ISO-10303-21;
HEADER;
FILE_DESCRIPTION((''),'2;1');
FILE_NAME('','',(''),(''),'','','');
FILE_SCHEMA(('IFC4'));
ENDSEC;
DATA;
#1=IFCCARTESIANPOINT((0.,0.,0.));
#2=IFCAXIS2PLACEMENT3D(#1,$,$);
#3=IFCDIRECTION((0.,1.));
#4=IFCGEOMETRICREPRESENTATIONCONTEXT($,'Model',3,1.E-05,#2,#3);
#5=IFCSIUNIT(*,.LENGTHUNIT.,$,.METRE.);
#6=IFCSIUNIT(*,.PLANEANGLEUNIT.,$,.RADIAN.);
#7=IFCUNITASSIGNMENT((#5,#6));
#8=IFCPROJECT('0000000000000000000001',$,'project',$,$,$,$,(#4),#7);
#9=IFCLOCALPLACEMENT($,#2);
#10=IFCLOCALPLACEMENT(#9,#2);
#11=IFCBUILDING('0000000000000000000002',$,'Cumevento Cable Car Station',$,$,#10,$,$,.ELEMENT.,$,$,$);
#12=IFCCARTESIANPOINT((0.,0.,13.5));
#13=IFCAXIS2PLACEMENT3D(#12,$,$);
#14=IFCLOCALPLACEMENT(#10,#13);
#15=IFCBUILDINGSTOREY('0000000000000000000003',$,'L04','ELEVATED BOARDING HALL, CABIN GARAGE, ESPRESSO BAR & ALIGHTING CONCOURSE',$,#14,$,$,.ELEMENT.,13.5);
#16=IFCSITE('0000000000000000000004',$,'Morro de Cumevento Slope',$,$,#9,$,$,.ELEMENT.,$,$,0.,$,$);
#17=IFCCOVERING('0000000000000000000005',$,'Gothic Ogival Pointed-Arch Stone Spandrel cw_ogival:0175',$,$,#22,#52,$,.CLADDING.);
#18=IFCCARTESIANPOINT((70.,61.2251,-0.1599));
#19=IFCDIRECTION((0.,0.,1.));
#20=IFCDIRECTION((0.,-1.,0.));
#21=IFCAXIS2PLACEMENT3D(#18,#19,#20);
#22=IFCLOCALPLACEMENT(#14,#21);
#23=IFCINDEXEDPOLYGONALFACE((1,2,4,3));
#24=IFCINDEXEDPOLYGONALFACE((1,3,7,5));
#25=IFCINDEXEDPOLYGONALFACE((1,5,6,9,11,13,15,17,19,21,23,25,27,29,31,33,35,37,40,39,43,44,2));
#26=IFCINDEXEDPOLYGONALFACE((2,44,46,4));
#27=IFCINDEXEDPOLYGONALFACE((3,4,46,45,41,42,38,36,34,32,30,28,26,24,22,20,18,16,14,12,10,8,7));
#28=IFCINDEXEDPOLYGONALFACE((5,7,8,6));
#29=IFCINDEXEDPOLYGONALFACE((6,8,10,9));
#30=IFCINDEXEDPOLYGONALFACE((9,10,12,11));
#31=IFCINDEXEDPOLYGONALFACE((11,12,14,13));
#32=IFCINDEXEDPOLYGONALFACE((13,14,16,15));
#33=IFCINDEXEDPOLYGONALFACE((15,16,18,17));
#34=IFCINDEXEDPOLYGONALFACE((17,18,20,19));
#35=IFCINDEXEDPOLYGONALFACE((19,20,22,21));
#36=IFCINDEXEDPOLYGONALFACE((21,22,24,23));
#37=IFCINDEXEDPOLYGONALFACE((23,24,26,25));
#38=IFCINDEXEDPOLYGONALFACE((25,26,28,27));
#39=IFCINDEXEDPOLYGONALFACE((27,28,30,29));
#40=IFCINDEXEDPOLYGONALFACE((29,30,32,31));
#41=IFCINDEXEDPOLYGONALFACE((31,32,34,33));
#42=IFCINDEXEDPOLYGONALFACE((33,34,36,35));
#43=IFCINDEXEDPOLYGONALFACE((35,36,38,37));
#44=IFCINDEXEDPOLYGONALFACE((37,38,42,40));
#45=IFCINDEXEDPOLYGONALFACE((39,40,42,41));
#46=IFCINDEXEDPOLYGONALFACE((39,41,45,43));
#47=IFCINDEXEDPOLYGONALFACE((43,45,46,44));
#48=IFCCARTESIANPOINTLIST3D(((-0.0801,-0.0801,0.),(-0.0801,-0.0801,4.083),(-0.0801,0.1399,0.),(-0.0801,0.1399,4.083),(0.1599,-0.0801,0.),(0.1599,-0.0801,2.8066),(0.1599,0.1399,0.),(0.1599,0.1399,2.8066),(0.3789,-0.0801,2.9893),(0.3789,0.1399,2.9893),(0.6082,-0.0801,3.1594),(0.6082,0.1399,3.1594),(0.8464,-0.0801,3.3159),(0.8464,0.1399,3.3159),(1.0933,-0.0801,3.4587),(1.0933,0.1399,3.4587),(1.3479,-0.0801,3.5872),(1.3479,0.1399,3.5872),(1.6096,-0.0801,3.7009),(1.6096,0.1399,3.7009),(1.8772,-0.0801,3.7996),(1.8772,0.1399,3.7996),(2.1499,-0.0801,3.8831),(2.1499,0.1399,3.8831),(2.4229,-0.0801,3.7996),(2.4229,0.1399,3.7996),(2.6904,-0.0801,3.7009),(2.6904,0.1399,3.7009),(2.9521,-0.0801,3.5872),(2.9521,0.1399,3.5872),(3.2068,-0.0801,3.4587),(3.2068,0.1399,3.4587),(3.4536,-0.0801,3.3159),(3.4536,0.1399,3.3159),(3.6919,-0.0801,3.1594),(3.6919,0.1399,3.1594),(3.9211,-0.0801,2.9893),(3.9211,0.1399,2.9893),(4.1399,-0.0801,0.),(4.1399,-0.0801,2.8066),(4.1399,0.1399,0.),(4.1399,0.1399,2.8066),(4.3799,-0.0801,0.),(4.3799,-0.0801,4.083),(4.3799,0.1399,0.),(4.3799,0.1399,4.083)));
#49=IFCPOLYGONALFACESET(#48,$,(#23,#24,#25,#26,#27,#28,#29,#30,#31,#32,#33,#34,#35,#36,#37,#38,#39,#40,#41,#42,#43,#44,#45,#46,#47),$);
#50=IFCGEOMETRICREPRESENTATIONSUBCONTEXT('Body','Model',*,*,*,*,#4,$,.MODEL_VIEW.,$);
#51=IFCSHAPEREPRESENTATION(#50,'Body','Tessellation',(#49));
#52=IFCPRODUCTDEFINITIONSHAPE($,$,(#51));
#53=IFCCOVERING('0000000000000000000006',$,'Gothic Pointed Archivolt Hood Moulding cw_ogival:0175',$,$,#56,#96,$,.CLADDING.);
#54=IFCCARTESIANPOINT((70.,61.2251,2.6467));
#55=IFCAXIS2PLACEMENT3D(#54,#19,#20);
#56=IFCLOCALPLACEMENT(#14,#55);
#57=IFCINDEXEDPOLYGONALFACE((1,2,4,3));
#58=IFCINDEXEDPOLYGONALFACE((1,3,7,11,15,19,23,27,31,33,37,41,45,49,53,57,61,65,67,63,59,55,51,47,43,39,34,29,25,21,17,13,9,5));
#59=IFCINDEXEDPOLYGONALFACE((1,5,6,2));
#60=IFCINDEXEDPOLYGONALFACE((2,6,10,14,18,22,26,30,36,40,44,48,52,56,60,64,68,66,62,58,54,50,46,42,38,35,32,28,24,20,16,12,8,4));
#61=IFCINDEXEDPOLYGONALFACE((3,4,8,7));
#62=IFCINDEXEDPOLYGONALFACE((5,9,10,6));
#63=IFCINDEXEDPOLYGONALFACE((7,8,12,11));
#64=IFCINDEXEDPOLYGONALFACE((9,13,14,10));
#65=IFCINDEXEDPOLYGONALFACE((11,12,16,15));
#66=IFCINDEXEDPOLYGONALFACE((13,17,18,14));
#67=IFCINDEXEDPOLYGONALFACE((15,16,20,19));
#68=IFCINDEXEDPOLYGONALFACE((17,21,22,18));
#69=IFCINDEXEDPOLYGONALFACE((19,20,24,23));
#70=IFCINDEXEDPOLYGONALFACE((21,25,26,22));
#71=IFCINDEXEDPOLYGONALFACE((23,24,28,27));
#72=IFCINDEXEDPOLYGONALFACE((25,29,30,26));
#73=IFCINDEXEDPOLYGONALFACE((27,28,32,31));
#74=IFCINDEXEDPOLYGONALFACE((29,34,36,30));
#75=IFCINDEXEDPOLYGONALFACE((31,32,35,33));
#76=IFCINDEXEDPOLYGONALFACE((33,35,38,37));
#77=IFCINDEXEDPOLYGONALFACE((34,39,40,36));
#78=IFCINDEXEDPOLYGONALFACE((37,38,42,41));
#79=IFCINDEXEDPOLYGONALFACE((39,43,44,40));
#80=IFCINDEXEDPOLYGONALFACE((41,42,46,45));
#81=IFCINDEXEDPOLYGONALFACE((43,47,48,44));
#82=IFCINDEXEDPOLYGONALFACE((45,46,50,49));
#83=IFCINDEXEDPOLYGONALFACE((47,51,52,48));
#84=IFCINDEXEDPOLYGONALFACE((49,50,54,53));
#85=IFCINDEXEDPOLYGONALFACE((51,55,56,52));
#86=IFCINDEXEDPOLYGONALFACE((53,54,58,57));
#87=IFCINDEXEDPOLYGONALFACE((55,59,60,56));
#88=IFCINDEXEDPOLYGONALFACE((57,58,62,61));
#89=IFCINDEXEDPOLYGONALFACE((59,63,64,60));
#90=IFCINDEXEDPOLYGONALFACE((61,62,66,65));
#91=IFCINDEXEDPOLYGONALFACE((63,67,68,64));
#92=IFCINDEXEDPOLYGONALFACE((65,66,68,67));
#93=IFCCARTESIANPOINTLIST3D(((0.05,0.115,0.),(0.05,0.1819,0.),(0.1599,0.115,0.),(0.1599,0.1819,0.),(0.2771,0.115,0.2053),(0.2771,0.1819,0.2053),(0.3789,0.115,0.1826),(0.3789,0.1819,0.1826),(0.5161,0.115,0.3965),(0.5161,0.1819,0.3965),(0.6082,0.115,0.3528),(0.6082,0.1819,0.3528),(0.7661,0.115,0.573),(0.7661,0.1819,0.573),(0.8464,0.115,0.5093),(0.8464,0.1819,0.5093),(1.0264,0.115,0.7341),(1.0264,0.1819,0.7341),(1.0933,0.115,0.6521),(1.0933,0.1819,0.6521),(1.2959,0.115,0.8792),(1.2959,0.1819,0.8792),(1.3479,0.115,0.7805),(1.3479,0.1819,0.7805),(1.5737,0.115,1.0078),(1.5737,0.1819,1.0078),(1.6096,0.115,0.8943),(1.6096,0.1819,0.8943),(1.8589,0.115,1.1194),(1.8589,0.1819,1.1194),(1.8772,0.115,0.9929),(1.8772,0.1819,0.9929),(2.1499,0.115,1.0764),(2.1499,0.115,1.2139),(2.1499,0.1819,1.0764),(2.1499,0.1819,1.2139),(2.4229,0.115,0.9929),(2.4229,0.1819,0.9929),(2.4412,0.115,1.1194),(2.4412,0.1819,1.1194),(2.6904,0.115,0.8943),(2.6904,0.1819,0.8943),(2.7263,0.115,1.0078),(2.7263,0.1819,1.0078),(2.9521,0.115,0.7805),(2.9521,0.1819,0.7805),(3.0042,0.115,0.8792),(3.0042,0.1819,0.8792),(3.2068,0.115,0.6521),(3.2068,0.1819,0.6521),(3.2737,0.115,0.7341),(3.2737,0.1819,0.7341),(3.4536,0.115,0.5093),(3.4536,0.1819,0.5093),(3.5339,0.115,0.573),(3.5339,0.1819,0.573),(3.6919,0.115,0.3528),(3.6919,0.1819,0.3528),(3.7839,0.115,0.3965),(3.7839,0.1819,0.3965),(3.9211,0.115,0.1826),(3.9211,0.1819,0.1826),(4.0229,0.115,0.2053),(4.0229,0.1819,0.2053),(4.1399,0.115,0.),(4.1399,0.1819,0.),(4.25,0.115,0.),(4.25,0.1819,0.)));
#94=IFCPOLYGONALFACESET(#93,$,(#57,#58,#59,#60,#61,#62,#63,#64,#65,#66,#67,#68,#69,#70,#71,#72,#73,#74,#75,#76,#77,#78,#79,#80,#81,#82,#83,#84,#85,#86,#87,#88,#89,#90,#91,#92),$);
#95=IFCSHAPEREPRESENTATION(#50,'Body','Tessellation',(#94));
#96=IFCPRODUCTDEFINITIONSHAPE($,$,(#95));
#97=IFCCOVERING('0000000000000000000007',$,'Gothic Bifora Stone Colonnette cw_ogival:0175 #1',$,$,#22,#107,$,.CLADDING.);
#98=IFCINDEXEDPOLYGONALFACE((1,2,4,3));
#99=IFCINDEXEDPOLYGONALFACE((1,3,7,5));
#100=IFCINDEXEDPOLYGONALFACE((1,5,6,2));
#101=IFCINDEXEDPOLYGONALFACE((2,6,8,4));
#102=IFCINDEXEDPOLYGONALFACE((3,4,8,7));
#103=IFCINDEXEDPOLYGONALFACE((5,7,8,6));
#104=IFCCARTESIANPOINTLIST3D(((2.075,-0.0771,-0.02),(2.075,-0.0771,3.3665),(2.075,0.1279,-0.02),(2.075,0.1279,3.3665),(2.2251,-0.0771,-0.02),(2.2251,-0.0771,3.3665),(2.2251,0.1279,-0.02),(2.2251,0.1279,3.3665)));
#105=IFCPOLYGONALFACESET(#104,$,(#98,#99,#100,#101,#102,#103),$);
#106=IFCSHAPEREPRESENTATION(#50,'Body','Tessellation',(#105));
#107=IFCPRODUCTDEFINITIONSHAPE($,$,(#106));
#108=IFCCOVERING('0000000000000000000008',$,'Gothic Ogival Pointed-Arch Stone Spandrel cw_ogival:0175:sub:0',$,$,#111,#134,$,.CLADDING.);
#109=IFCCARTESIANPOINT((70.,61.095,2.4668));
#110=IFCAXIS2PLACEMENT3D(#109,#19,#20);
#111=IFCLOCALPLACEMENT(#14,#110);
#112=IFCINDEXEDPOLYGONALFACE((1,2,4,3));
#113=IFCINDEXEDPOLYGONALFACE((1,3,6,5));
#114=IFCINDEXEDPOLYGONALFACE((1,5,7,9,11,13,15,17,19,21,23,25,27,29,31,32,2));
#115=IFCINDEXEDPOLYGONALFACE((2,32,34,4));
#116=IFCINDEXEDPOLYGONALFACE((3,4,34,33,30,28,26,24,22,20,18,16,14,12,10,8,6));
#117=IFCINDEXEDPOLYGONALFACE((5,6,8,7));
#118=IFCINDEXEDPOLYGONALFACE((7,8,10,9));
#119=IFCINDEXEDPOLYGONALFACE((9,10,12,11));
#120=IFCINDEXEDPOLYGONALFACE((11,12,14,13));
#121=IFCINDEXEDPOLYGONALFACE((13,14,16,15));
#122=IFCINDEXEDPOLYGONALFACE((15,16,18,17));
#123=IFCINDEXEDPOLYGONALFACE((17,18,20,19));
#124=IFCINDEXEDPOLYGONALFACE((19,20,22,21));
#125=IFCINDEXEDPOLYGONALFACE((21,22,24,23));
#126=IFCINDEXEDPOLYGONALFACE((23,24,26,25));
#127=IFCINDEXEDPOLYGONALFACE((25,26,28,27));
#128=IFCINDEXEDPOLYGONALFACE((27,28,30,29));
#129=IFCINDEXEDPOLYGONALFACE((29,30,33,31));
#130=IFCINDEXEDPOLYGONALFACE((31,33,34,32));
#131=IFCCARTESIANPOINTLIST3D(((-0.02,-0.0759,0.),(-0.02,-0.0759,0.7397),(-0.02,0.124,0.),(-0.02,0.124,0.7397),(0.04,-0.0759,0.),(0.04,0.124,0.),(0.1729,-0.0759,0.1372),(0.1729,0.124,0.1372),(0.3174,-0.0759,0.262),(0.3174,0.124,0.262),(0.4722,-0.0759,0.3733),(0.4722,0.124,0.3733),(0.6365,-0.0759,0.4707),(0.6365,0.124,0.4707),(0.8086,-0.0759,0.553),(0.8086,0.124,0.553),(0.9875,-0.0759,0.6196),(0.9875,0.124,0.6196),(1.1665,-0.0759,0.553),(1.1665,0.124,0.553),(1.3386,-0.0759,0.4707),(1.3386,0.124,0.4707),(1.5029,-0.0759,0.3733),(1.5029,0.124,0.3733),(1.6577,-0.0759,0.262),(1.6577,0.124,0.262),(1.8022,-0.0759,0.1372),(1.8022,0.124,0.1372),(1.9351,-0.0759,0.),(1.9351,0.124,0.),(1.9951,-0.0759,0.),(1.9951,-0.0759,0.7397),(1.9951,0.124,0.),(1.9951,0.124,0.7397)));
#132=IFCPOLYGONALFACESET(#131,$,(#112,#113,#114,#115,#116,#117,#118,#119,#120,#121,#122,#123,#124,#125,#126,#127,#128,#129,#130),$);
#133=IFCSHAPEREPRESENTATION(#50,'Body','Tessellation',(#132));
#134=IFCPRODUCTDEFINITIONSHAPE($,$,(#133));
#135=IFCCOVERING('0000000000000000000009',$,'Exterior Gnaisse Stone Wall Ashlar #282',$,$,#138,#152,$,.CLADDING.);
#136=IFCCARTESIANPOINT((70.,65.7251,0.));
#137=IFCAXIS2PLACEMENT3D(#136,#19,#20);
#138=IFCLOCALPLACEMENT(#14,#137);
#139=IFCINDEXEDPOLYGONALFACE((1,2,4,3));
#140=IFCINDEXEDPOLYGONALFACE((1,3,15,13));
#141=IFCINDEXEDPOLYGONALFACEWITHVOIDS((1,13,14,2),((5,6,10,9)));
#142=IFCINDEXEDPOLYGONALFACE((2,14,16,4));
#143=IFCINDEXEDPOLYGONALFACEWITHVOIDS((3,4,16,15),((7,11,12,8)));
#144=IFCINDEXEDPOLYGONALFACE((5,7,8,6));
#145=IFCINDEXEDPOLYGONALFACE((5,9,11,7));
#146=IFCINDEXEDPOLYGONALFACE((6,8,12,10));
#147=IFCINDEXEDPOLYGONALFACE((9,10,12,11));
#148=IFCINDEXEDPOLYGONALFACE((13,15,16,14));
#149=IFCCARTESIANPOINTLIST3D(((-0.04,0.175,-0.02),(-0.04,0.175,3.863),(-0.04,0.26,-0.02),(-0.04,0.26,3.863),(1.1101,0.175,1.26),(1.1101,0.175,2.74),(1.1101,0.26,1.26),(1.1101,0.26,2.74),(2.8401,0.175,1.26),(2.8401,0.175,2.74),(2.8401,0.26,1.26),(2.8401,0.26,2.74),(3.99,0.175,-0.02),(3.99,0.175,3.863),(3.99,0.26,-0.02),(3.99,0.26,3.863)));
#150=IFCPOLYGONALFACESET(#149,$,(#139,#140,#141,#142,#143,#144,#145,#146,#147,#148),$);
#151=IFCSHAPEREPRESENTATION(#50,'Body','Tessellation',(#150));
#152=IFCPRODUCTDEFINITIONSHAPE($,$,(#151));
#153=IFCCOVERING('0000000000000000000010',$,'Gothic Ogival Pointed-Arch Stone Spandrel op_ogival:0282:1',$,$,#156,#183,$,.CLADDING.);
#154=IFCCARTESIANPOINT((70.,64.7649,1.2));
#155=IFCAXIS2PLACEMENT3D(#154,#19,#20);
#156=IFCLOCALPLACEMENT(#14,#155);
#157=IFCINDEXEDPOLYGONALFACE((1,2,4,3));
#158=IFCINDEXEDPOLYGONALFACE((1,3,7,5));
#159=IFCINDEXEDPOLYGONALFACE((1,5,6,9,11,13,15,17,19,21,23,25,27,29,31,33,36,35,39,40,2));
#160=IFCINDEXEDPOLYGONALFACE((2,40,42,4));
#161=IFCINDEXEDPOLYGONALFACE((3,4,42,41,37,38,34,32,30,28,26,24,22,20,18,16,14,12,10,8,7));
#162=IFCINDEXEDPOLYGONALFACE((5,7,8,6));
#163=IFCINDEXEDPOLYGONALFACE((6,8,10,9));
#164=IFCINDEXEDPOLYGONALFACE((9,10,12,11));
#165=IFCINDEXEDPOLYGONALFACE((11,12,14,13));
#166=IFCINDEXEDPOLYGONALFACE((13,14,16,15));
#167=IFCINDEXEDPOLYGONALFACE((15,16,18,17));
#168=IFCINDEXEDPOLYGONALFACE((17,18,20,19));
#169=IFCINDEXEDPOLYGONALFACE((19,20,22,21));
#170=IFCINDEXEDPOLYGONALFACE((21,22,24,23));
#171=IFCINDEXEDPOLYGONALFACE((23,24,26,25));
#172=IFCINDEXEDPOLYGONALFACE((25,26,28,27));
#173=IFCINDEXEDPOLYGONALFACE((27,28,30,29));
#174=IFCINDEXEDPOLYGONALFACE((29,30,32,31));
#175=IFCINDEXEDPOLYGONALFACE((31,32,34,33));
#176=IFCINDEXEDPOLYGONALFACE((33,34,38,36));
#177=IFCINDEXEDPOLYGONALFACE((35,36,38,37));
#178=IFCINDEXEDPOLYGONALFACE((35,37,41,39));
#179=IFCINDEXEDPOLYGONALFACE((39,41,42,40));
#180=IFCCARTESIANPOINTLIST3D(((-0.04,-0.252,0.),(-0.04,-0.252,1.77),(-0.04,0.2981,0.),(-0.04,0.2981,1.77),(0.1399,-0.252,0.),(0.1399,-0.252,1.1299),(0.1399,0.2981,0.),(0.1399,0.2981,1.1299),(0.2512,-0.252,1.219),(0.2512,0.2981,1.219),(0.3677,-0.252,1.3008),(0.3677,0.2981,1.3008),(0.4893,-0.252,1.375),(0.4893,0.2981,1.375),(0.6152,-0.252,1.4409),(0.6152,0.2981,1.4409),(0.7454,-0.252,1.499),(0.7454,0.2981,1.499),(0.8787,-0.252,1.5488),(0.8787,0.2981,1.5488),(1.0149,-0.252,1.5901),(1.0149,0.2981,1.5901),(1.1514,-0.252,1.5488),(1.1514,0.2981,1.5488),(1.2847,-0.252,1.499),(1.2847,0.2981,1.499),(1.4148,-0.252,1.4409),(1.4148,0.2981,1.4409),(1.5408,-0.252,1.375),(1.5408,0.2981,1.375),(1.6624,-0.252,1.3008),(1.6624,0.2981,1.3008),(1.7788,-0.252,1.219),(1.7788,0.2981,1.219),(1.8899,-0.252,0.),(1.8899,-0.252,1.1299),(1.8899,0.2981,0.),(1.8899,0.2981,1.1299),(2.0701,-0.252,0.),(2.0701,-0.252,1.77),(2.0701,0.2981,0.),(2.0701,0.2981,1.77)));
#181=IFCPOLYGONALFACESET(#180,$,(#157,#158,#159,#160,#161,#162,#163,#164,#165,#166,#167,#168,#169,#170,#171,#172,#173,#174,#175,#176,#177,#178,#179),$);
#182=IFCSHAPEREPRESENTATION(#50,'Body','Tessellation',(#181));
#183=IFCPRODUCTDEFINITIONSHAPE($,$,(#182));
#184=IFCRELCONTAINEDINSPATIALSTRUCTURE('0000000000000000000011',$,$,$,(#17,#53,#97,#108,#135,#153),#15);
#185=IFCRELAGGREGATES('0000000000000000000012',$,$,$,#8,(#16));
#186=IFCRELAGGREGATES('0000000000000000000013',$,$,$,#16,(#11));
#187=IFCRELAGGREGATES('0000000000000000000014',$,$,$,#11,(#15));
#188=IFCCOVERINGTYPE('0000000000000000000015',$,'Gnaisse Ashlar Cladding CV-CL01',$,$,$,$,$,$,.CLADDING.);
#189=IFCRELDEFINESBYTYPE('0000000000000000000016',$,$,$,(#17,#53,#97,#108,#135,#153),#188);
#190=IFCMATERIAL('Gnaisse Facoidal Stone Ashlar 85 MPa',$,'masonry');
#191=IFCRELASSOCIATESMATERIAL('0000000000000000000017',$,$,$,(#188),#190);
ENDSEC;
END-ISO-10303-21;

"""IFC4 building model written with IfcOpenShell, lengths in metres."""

from ifc_helpers import new_model, si_unit, direction, frame, origin, place, context, subcontext, project, spatial, polyline, outline, extrude, material, type_object, element, save


model = new_model("IFC4")

# Units and contexts
model_context = context("Model", 3, precision=1e-05, world=origin(), true_north=direction((0.0, 1.0)))
body_context = subcontext(model_context, "Body", "Model", "MODEL_VIEW")
ifc_project = project(units=[si_unit("LENGTHUNIT", "METRE"), si_unit("PLANEANGLEUNIT", "RADIAN")], contexts=[model_context])

# Site, building, storey
site_placement = place(None, origin())
site = spatial("IfcSite", under=ifc_project, at=site_placement, Name="Morro de Cumevento Slope", CompositionType="ELEMENT", RefElevation=0.0)
building_placement = place(site_placement, origin())
building = spatial("IfcBuilding", under=site, at=building_placement, Name="Cumevento Cable Car Station", CompositionType="ELEMENT")
storey_placement = place(building_placement, frame((0.0, 0.0, 13.5)))
storey = spatial("IfcBuildingStorey", under=building, at=storey_placement, Name="L04", Description="ELEVATED BOARDING HALL, CABIN GARAGE, ESPRESSO BAR & ALIGHTING CONCOURSE", CompositionType="ELEMENT", Elevation=13.5)

# Coverings
ifc_material_1 = material(Name="Gnaisse Facoidal Stone Ashlar 85 MPa", Category="masonry")
covering_type = type_object("IfcCoveringType", Name="Gnaisse Ashlar Cladding CV-CL01", PredefinedType="CLADDING", material=ifc_material_1)
placement = place(storey_placement, frame((70.0, 61.2251, -0.1599), z_axis=(0.0, 0.0, 1.0), x_axis=(0.0, -1.0, 0.0)))
element("IfcCovering", 1, at=placement, inside=storey, type_object=covering_type, Name="Gothic Ogival Pointed-Arch Stone Spandrel cw_ogival:0175", PredefinedType="CLADDING", context=body_context, shape_type="SweptSolid", body=[
    extrude(outline(polyline([(-0.0801, 0.0), (-0.0801, 4.083), (4.3799, 4.083), (4.3799, 0.0), (4.1399, 0.0), (4.1399, 2.8066), (3.9211, 2.9893), (3.6919, 3.1594), (3.4536, 3.3159), (3.2068, 3.4587), (2.9521, 3.5872), (2.6904, 3.7009), (2.4229, 3.7996), (2.1499, 3.8831), (1.8772, 3.7996), (1.6096, 3.7009), (1.3479, 3.5872), (1.0933, 3.4587), (0.8464, 3.3159), (0.6082, 3.1594), (0.3789, 2.9893), (0.1599, 2.8066), (0.1599, 0.0), (-0.0801, 0.0)])), frame((0.0, 0.1399, 0.0), z_axis=(0.0, -1.0, 0.0), x_axis=(1.0, 0.0, 0.0)), (0.0, 0.0, 1.0), 0.22),
])
covering_1_placement = place(storey_placement, frame((70.0, 61.2251, 2.6467), z_axis=(0.0, 0.0, 1.0), x_axis=(0.0, -1.0, 0.0)))
element("IfcCovering", 2, at=covering_1_placement, inside=storey, type_object=covering_type, Name="Gothic Pointed Archivolt Hood Moulding cw_ogival:0175", PredefinedType="CLADDING", context=body_context, shape_type="SweptSolid", body=[
    extrude(outline(polyline([(0.1599, 0.0), (0.3789, 0.1826), (0.6082, 0.3528), (0.8464, 0.5093), (1.0933, 0.6521), (1.3479, 0.7805), (1.6096, 0.8943), (1.8772, 0.9929), (2.1499, 1.0764), (2.4229, 0.9929), (2.6904, 0.8943), (2.9521, 0.7805), (3.2068, 0.6521), (3.4536, 0.5093), (3.6919, 0.3528), (3.9211, 0.1826), (4.1399, 0.0), (4.25, 0.0), (4.0229, 0.2053), (3.7839, 0.3965), (3.5339, 0.573), (3.2737, 0.7341), (3.0042, 0.8792), (2.7263, 1.0078), (2.4412, 1.1194), (2.1499, 1.2139), (1.8589, 1.1194), (1.5737, 1.0078), (1.2959, 0.8792), (1.0264, 0.7341), (0.7661, 0.573), (0.5161, 0.3965), (0.2771, 0.2053), (0.05, 0.0), (0.1599, 0.0)])), frame((0.0, 0.1819, 0.0), z_axis=(0.0, -1.0, 0.0), x_axis=(1.0, 0.0, 0.0)), (0.0, 0.0, 1.0), 0.0669),
])
element("IfcCovering", 3, at=placement, inside=storey, type_object=covering_type, Name="Gothic Bifora Stone Colonnette cw_ogival:0175 #1", PredefinedType="CLADDING", context=body_context, shape_type="SweptSolid", body=[
    extrude(outline(polyline([(2.075, -0.02), (2.2251, -0.02), (2.2251, 3.3665), (2.075, 3.3665), (2.075, -0.02)])), frame((0.0, 0.1279, 0.0), z_axis=(0.0, -1.0, 0.0), x_axis=(1.0, 0.0, 0.0)), (0.0, 0.0, 1.0), 0.2051),
])
covering_2_placement = place(storey_placement, frame((70.0, 61.095, 2.4668), z_axis=(0.0, 0.0, 1.0), x_axis=(0.0, -1.0, 0.0)))
element("IfcCovering", 4, at=covering_2_placement, inside=storey, type_object=covering_type, Name="Gothic Ogival Pointed-Arch Stone Spandrel cw_ogival:0175:sub:0", PredefinedType="CLADDING", context=body_context, shape_type="SweptSolid", body=[
    extrude(outline(polyline([(-0.02, 0.0), (-0.02, 0.7397), (1.9951, 0.7397), (1.9951, 0.0), (1.9351, 0.0), (1.8022, 0.1372), (1.6577, 0.262), (1.5029, 0.3733), (1.3386, 0.4707), (1.1665, 0.553), (0.9875, 0.6196), (0.8086, 0.553), (0.6365, 0.4707), (0.4722, 0.3733), (0.3174, 0.262), (0.1729, 0.1372), (0.04, 0.0), (-0.02, 0.0)])), frame((0.0, 0.124, 0.0), z_axis=(0.0, -1.0, 0.0), x_axis=(1.0, 0.0, 0.0)), (0.0, 0.0, 1.0), 0.2),
])
covering_3_placement = place(storey_placement, frame((70.0, 65.7251, 0.0), z_axis=(0.0, 0.0, 1.0), x_axis=(0.0, -1.0, 0.0)))
element("IfcCovering", 5, at=covering_3_placement, inside=storey, type_object=covering_type, Name="Exterior Gnaisse Stone Wall Ashlar #282", PredefinedType="CLADDING", context=body_context, shape_type="SweptSolid", body=[
    extrude(outline(polyline([(-0.04, -0.02), (3.99, -0.02), (3.99, 3.863), (-0.04, 3.863), (-0.04, -0.02)]), holes=[polyline([(1.1101, 1.26), (2.8401, 1.26), (2.8401, 2.74), (1.1101, 2.74), (1.1101, 1.26)])]), frame((0.0, 0.26, 0.0), z_axis=(0.0, -1.0, 0.0), x_axis=(1.0, 0.0, 0.0)), (0.0, 0.0, 1.0), 0.085),
])
covering_4_placement = place(storey_placement, frame((70.0, 64.7649, 1.2), z_axis=(0.0, 0.0, 1.0), x_axis=(0.0, -1.0, 0.0)))
element("IfcCovering", 6, at=covering_4_placement, inside=storey, type_object=covering_type, Name="Gothic Ogival Pointed-Arch Stone Spandrel op_ogival:0282:1", PredefinedType="CLADDING", context=body_context, shape_type="SweptSolid", body=[
    extrude(outline(polyline([(-0.04, 0.0), (-0.04, 1.77), (2.0701, 1.77), (2.0701, 0.0), (1.8899, 0.0), (1.8899, 1.1299), (1.7788, 1.219), (1.6624, 1.3008), (1.5408, 1.375), (1.4148, 1.4409), (1.2847, 1.499), (1.1514, 1.5488), (1.0149, 1.5901), (0.8787, 1.5488), (0.7454, 1.499), (0.6152, 1.4409), (0.4893, 1.375), (0.3677, 1.3008), (0.2512, 1.219), (0.1399, 1.1299), (0.1399, 0.0), (-0.04, 0.0)])), frame((0.0, 0.2981, 0.0), z_axis=(0.0, -1.0, 0.0), x_axis=(1.0, 0.0, 0.0)), (0.0, 0.0, 1.0), 0.55),
])

save(model, "model.ifc")
